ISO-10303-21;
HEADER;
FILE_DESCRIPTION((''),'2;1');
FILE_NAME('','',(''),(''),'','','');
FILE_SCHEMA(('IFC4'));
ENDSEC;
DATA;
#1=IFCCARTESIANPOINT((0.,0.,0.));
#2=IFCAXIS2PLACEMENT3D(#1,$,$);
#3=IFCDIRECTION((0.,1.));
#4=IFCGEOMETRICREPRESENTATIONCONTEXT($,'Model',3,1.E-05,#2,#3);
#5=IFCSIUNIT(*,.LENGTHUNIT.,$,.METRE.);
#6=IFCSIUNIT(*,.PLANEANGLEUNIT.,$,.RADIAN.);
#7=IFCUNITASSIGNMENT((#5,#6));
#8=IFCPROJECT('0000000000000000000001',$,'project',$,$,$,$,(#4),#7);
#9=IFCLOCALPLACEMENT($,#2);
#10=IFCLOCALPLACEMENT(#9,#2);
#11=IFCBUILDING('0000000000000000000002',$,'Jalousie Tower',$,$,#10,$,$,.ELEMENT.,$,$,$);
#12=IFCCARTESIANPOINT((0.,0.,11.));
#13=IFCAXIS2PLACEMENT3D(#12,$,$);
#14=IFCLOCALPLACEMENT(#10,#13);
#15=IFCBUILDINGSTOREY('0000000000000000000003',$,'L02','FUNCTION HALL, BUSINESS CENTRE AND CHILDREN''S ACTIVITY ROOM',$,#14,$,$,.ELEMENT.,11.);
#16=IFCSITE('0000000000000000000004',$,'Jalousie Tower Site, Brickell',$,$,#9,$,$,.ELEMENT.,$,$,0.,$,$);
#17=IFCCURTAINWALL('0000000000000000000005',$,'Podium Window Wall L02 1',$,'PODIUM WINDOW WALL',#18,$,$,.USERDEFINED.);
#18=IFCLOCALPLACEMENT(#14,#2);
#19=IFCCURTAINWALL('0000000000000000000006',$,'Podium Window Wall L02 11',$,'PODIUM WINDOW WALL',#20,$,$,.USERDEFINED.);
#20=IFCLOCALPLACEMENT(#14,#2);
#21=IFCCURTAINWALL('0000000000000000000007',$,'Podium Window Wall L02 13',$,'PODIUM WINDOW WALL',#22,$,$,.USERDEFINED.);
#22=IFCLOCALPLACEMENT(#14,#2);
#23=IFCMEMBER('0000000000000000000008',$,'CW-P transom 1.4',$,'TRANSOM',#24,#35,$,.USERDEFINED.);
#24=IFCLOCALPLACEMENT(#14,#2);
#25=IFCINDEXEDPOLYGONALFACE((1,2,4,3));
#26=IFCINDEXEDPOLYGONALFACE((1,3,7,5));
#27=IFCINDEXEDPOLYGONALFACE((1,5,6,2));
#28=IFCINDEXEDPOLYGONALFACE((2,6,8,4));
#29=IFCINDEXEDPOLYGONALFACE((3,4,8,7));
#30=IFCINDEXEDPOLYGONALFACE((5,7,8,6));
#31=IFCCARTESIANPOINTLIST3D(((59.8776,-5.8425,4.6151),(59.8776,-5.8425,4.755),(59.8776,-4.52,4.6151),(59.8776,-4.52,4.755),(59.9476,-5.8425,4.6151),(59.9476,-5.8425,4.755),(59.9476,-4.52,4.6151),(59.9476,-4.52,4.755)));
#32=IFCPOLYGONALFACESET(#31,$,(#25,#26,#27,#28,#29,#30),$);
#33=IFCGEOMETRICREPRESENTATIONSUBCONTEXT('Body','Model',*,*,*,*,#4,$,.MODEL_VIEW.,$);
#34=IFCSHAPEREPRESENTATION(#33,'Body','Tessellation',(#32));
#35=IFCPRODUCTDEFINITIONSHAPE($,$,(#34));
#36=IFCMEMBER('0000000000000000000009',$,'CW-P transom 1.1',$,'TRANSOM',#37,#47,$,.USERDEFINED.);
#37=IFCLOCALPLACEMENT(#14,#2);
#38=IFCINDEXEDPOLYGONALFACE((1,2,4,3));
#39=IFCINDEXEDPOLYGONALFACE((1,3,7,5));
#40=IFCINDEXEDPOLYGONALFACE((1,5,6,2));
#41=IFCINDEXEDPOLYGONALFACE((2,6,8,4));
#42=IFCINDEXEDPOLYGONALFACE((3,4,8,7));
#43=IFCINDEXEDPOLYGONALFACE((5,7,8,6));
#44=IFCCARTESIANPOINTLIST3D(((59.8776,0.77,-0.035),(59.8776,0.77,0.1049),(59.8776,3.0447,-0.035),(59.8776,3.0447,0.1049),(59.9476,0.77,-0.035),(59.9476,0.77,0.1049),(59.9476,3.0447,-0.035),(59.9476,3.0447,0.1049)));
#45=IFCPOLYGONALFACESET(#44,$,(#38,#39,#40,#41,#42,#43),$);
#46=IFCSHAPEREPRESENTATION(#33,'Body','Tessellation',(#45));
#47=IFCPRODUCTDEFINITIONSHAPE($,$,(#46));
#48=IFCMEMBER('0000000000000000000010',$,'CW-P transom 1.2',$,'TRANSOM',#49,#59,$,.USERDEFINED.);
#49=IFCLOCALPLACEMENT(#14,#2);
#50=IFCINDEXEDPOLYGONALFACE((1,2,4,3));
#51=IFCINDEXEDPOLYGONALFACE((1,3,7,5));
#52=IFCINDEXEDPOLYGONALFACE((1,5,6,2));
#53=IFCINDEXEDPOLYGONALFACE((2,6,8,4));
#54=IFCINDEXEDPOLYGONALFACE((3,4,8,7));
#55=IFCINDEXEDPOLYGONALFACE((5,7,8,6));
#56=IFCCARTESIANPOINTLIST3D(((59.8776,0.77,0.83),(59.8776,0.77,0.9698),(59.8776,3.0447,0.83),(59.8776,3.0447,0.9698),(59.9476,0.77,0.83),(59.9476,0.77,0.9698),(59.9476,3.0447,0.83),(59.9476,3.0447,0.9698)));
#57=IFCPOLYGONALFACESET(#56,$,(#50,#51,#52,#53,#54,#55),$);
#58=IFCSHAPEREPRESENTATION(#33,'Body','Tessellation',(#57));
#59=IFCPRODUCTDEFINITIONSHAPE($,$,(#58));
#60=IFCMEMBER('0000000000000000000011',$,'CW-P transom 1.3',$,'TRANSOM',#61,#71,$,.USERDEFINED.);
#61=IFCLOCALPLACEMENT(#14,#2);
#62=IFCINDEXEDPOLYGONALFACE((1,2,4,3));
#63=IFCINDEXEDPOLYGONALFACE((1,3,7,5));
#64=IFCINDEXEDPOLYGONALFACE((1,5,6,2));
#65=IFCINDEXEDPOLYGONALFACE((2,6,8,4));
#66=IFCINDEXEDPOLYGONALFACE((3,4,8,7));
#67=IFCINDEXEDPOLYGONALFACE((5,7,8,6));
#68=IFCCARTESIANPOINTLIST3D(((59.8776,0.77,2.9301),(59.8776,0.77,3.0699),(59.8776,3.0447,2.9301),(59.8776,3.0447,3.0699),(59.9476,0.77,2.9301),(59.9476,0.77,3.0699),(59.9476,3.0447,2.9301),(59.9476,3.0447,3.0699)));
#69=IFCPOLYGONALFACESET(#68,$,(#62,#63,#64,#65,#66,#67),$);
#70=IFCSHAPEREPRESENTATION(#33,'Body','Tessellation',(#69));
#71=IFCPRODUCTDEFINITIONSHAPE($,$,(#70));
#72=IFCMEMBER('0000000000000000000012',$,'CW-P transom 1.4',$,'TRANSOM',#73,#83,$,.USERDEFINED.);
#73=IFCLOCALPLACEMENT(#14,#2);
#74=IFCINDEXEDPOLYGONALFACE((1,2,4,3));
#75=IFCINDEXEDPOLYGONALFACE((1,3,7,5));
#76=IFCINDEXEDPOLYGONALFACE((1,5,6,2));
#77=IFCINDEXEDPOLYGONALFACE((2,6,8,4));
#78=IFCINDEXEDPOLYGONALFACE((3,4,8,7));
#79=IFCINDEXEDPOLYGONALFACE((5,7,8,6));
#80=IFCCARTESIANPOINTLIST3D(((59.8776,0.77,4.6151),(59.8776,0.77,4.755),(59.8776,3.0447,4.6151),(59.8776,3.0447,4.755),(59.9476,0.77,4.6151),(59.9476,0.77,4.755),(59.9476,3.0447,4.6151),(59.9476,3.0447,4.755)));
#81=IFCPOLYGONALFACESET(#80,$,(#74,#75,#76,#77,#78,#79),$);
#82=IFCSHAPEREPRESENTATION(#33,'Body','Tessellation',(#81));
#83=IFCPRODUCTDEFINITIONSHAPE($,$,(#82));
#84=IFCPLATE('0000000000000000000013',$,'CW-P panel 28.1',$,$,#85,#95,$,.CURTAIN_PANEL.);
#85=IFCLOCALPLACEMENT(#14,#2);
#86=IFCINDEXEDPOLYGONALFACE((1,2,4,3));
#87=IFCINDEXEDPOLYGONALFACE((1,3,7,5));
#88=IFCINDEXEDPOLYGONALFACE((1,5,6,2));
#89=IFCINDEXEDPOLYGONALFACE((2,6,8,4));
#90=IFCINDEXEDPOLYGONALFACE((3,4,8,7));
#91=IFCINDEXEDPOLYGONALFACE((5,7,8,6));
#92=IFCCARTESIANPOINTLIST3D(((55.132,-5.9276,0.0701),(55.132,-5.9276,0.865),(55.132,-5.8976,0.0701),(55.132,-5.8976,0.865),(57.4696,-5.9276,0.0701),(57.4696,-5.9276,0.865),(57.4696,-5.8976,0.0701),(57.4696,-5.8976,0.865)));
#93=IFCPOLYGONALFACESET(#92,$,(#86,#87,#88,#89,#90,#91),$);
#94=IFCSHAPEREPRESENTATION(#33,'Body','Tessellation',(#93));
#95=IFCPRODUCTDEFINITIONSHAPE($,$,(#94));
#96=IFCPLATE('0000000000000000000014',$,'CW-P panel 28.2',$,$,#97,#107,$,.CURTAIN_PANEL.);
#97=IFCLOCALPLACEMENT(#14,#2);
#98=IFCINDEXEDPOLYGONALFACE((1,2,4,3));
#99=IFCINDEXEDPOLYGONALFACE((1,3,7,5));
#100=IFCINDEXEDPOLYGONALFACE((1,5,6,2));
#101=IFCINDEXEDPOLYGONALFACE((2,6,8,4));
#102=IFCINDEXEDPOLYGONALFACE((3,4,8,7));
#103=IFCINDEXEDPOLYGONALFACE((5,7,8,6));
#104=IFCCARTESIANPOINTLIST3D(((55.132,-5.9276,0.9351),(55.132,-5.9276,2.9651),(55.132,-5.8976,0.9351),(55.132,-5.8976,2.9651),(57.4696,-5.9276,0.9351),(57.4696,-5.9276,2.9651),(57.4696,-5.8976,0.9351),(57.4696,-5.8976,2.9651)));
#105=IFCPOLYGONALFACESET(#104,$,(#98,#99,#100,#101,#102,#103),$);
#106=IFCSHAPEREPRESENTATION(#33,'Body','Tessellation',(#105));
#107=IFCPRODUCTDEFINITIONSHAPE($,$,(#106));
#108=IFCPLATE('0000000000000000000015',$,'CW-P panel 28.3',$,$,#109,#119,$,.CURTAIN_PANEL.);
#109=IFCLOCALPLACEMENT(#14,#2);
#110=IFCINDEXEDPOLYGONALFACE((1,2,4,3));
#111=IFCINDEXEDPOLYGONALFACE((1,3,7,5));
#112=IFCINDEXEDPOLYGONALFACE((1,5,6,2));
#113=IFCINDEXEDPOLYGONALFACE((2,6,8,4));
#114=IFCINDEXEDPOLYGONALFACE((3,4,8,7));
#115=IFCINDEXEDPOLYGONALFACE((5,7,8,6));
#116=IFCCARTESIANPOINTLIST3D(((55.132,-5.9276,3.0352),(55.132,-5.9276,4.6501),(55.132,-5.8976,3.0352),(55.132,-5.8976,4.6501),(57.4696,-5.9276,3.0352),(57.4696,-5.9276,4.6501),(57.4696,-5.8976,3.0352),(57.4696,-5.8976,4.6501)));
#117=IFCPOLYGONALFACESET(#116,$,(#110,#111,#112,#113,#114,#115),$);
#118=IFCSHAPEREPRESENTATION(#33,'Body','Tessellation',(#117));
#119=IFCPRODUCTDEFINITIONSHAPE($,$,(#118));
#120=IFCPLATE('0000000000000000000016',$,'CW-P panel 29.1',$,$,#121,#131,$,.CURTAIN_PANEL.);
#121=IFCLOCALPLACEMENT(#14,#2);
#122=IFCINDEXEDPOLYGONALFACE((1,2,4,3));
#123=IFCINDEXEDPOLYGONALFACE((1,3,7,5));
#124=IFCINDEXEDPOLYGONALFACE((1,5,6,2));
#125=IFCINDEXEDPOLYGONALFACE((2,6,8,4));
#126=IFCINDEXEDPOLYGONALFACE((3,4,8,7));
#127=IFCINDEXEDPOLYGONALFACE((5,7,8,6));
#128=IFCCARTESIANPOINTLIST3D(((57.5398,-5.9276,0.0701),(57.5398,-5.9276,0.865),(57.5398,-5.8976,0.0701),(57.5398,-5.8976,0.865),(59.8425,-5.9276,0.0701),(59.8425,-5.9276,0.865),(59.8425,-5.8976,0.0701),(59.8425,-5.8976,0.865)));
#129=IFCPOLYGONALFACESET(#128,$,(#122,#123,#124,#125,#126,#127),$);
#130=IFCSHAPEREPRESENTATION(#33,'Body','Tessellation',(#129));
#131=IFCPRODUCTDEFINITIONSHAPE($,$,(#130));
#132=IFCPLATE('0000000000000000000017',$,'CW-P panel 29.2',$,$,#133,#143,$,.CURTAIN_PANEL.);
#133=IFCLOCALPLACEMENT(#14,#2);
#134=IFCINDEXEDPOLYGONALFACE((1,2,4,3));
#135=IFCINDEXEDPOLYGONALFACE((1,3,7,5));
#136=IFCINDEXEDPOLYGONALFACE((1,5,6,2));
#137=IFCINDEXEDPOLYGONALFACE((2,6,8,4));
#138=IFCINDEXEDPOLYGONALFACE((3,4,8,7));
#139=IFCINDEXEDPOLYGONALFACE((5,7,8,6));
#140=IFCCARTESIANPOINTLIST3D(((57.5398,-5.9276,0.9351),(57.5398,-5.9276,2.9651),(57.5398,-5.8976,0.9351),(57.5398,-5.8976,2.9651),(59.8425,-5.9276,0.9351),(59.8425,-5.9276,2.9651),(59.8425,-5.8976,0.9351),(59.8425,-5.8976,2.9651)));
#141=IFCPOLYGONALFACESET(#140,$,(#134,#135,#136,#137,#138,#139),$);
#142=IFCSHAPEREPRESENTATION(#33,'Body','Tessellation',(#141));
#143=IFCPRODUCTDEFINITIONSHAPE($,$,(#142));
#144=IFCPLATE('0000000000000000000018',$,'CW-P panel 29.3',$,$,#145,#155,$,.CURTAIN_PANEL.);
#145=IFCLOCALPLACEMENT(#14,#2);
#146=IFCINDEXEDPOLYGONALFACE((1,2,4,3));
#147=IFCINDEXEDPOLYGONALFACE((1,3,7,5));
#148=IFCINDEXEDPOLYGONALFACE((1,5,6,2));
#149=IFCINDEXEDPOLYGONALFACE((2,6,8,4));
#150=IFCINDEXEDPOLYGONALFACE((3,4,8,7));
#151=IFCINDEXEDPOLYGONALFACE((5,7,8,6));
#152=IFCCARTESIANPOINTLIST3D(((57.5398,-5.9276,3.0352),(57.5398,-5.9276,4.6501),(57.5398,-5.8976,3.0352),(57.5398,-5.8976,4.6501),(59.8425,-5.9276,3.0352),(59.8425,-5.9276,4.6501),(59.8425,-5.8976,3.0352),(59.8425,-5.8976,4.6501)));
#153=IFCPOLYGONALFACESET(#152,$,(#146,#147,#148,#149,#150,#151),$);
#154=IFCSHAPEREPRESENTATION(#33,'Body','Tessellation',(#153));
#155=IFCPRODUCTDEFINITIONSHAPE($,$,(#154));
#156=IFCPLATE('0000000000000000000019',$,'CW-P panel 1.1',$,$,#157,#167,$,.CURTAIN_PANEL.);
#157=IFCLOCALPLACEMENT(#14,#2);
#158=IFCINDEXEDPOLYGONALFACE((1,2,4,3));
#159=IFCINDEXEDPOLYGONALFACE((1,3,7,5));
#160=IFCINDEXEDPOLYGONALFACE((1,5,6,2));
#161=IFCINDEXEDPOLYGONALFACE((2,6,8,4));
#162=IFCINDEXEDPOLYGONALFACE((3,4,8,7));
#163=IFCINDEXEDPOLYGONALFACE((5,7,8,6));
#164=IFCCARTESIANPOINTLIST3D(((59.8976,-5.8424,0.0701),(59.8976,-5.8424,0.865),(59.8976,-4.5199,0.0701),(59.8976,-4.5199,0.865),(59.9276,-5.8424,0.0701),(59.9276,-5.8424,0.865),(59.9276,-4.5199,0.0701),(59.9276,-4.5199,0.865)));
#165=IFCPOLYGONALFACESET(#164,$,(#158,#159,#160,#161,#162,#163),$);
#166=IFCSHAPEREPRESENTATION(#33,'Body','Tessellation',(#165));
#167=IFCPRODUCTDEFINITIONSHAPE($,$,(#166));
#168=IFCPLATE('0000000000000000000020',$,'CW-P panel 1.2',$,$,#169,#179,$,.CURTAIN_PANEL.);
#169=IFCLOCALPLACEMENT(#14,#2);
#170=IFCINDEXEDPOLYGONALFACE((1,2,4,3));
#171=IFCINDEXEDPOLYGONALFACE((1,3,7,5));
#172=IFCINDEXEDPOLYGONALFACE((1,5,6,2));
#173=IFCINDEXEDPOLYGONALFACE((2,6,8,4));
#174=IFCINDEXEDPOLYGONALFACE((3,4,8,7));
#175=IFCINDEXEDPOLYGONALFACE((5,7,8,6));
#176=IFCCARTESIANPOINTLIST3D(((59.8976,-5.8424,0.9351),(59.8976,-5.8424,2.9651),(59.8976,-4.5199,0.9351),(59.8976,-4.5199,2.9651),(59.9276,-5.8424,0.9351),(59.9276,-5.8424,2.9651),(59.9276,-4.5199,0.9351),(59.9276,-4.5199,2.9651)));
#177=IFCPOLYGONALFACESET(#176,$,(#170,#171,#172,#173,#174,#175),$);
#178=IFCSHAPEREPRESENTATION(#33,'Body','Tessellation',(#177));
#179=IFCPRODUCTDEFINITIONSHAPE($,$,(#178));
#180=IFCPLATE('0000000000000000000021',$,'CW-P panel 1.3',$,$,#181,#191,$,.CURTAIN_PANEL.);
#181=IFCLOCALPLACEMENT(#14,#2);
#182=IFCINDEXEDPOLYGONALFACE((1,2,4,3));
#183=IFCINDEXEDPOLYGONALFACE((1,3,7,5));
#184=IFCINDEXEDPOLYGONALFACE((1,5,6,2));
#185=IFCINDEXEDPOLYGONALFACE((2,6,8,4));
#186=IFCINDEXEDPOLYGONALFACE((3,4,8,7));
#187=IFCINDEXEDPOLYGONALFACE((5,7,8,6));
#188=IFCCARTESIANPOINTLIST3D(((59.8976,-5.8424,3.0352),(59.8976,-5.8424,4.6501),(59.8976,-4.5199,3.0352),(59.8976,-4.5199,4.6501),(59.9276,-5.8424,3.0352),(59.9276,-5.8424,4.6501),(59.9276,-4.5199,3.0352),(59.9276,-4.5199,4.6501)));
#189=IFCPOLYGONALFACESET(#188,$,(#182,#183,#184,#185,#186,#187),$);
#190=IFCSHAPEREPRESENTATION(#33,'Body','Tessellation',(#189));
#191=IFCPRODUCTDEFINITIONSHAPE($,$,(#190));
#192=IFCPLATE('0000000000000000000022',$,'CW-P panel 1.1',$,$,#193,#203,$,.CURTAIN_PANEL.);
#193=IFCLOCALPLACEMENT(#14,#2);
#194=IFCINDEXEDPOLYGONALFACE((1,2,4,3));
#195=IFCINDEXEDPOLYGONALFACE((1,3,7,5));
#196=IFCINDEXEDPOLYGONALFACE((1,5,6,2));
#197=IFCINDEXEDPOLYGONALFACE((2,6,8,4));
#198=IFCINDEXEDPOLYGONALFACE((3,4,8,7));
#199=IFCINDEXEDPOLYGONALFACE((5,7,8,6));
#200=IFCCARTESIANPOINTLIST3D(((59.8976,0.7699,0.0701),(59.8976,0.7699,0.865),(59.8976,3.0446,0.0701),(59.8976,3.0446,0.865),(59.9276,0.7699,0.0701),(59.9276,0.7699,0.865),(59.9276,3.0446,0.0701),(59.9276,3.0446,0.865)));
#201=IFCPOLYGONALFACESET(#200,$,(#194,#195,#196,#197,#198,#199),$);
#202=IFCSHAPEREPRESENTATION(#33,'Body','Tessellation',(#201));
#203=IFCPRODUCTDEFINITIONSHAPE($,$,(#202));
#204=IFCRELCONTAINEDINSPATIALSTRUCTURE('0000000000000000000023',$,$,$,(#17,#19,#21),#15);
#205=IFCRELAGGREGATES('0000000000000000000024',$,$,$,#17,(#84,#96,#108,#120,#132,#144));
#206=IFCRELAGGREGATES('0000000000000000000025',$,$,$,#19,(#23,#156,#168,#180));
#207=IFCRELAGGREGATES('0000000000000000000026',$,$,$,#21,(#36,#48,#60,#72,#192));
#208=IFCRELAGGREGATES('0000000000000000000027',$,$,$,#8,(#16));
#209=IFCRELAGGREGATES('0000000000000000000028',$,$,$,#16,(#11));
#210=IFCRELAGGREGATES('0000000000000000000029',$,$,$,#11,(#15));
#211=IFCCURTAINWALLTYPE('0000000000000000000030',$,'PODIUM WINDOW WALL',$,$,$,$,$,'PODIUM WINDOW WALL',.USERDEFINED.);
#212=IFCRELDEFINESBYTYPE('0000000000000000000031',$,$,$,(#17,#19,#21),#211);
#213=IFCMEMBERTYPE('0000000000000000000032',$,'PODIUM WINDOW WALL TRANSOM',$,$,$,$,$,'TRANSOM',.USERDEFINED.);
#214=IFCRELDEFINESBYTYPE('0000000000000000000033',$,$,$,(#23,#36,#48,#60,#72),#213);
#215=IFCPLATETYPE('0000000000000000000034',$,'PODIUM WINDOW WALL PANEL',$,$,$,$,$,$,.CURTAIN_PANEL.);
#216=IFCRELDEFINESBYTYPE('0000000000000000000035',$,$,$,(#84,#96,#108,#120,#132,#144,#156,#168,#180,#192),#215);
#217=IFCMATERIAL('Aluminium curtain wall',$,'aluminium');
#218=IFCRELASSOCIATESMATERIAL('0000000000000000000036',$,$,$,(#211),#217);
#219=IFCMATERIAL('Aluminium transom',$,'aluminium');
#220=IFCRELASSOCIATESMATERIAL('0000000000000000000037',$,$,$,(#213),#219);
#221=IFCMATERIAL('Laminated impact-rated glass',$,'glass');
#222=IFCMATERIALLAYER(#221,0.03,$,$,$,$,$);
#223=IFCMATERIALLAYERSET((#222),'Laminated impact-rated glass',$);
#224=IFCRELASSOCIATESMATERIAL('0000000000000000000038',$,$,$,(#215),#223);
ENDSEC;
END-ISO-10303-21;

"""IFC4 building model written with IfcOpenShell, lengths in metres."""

from ifc_helpers import new_model, si_unit, direction, frame, origin, origin_2d, place, context, subcontext, project, spatial, rectangle, extrude, material, layer, layer_set, material_profile, profile_set, type_object, element, aggregate, save


model = new_model("IFC4")

# Units and contexts
model_context = context("Model", 3, precision=1e-05, world=origin(), true_north=direction((0.0, 1.0)))
body_context = subcontext(model_context, "Body", "Model", "MODEL_VIEW")
ifc_project = project(units=[si_unit("LENGTHUNIT", "METRE"), si_unit("PLANEANGLEUNIT", "RADIAN")], contexts=[model_context])

# Site, building, storey
site_placement = place(None, origin())
site = spatial("IfcSite", under=ifc_project, at=site_placement, Name="Jalousie Tower Site, Brickell", CompositionType="ELEMENT", RefElevation=0.0)
building_placement = place(site_placement, origin())
building = spatial("IfcBuilding", under=site, at=building_placement, Name="Jalousie Tower", CompositionType="ELEMENT")
storey_placement = place(building_placement, frame((0.0, 0.0, 11.0)))
storey = spatial("IfcBuildingStorey", under=building, at=storey_placement, Name="L02", Description="FUNCTION HALL, BUSINESS CENTRE AND CHILDREN'S ACTIVITY ROOM", CompositionType="ELEMENT", Elevation=11.0)

# Curtain walls
ifc_material_1 = material(Name="Aluminium curtain wall", Category="aluminium")
curtain_wall_type = type_object("IfcCurtainWallType", Name="PODIUM WINDOW WALL", ElementType="PODIUM WINDOW WALL", PredefinedType="USERDEFINED", material=ifc_material_1)
curtain_wall_1_placement = place(storey_placement, origin())
curtain_wall_1 = element("IfcCurtainWall", 1, at=curtain_wall_1_placement, inside=storey, type_object=curtain_wall_type, Name="Podium Window Wall L02 1", ObjectType="PODIUM WINDOW WALL", PredefinedType="USERDEFINED")
curtain_wall_2_placement = place(storey_placement, origin())
curtain_wall_2 = element("IfcCurtainWall", 2, at=curtain_wall_2_placement, inside=storey, type_object=curtain_wall_type, Name="Podium Window Wall L02 11", ObjectType="PODIUM WINDOW WALL", PredefinedType="USERDEFINED")

# Curtain wall
curtain_wall_3_placement = place(storey_placement, origin())
curtain_wall_3 = element("IfcCurtainWall", 3, at=curtain_wall_3_placement, inside=storey, type_object=curtain_wall_type, Name="Podium Window Wall L02 13", ObjectType="PODIUM WINDOW WALL", PredefinedType="USERDEFINED")

# Members
ifc_material_2 = material(Name="Aluminium transom", Category="aluminium")
ifc_material_profile_1 = material_profile(ifc_material_2, rectangle(XDim=0.0701, YDim=0.1399, at=origin_2d()), Name="TRANSOM 70x140")
ifc_profile_set_1 = profile_set([ifc_material_profile_1], Name="Aluminium transom")
member_type_1 = type_object("IfcMemberType", Name="PODIUM WINDOW WALL TRANSOM", ElementType="TRANSOM", PredefinedType="USERDEFINED", material=ifc_profile_set_1)
member_1_placement = place(storey_placement, frame((59.9126, -5.8425, 4.6851), z_axis=(0.0, 1.0, 0.0), x_axis=(-1.0, 0.0, 0.0)))
member_1 = element("IfcMember", 4, at=member_1_placement, type_object=member_type_1, Name="CW-P transom 1.4", ObjectType="TRANSOM", PredefinedType="USERDEFINED", context=body_context, shape_type="SweptSolid", body=[
    extrude(rectangle(XDim=0.0701, YDim=0.1399, at=origin_2d()), origin(), (0.0, 0.0, 1.0), 1.3225),
])
member_2_placement = place(storey_placement, frame((59.9126, 0.77, 0.0349), z_axis=(0.0, 1.0, 0.0), x_axis=(-1.0, 0.0, 0.0)))
member_2 = element("IfcMember", 5, at=member_2_placement, type_object=member_type_1, Name="CW-P transom 1.1", ObjectType="TRANSOM", PredefinedType="USERDEFINED", context=body_context, shape_type="SweptSolid", body=[
    extrude(rectangle(XDim=0.0701, YDim=0.1399, at=origin_2d()), origin(), (0.0, 0.0, 1.0), 2.2747),
])
member_3_placement = place(storey_placement, frame((59.9126, 0.77, 0.8999), z_axis=(0.0, 1.0, 0.0), x_axis=(-1.0, 0.0, 0.0)))
member_3 = element("IfcMember", 6, at=member_3_placement, type_object=member_type_1, Name="CW-P transom 1.2", ObjectType="TRANSOM", PredefinedType="USERDEFINED", context=body_context, shape_type="SweptSolid", body=[
    extrude(rectangle(XDim=0.0701, YDim=0.1399, at=origin_2d()), origin(), (0.0, 0.0, 1.0), 2.2747),
])
member_4_placement = place(storey_placement, frame((59.9126, 0.77, 3.0), z_axis=(0.0, 1.0, 0.0), x_axis=(-1.0, 0.0, 0.0)))
member_4 = element("IfcMember", 7, at=member_4_placement, type_object=member_type_1, Name="CW-P transom 1.3", ObjectType="TRANSOM", PredefinedType="USERDEFINED", context=body_context, shape_type="SweptSolid", body=[
    extrude(rectangle(XDim=0.0701, YDim=0.1399, at=origin_2d()), origin(), (0.0, 0.0, 1.0), 2.2747),
])
member_5_placement = place(storey_placement, frame((59.9126, 0.77, 4.6851), z_axis=(0.0, 1.0, 0.0), x_axis=(-1.0, 0.0, 0.0)))
member_5 = element("IfcMember", 8, at=member_5_placement, type_object=member_type_1, Name="CW-P transom 1.4", ObjectType="TRANSOM", PredefinedType="USERDEFINED", context=body_context, shape_type="SweptSolid", body=[
    extrude(rectangle(XDim=0.0701, YDim=0.1399, at=origin_2d()), origin(), (0.0, 0.0, 1.0), 2.2747),
])

# Plates
ifc_material_3 = material(Name="Laminated impact-rated glass", Category="glass")
ifc_layer = layer(ifc_material_3, 0.03)
ifc_layer_set = layer_set([ifc_layer], Name="Laminated impact-rated glass")
plate_type = type_object("IfcPlateType", Name="PODIUM WINDOW WALL PANEL", PredefinedType="CURTAIN_PANEL", material=ifc_layer_set)
plate_1_placement = place(storey_placement, frame((56.3008, -5.9126, 0.0701), z_axis=(0.0, 0.0, 1.0), x_axis=(1.0, 0.0, 0.0)))
plate_1 = element("IfcPlate", 9, at=plate_1_placement, type_object=plate_type, Name="CW-P panel 28.1", PredefinedType="CURTAIN_PANEL", context=body_context, shape_type="SweptSolid", body=[
    extrude(rectangle(XDim=2.3376, YDim=0.03, at=origin_2d()), origin(), (0.0, 0.0, 1.0), 0.7949),
])
plate_2_placement = place(storey_placement, frame((56.3008, -5.9126, 0.9351), z_axis=(0.0, 0.0, 1.0), x_axis=(1.0, 0.0, 0.0)))
plate_2 = element("IfcPlate", 10, at=plate_2_placement, type_object=plate_type, Name="CW-P panel 28.2", PredefinedType="CURTAIN_PANEL", context=body_context, shape_type="SweptSolid", body=[
    extrude(rectangle(XDim=2.3376, YDim=0.03, at=origin_2d()), origin(), (0.0, 0.0, 1.0), 2.03),
])
plate_3_placement = place(storey_placement, frame((56.3008, -5.9126, 3.0352), z_axis=(0.0, 0.0, 1.0), x_axis=(1.0, 0.0, 0.0)))
plate_3 = element("IfcPlate", 11, at=plate_3_placement, type_object=plate_type, Name="CW-P panel 28.3", PredefinedType="CURTAIN_PANEL", context=body_context, shape_type="SweptSolid", body=[
    extrude(rectangle(XDim=2.3376, YDim=0.03, at=origin_2d()), origin(), (0.0, 0.0, 1.0), 1.615),
])
plate_4_placement = place(storey_placement, frame((58.6912, -5.9126, 0.0701), z_axis=(0.0, 0.0, 1.0), x_axis=(1.0, 0.0, 0.0)))
plate_4 = element("IfcPlate", 12, at=plate_4_placement, type_object=plate_type, Name="CW-P panel 29.1", PredefinedType="CURTAIN_PANEL", context=body_context, shape_type="SweptSolid", body=[
    extrude(rectangle(XDim=2.3027, YDim=0.03, at=origin_2d()), origin(), (0.0, 0.0, 1.0), 0.7949),
])
plate_5_placement = place(storey_placement, frame((58.6912, -5.9126, 0.9351), z_axis=(0.0, 0.0, 1.0), x_axis=(1.0, 0.0, 0.0)))
plate_5 = element("IfcPlate", 13, at=plate_5_placement, type_object=plate_type, Name="CW-P panel 29.2", PredefinedType="CURTAIN_PANEL", context=body_context, shape_type="SweptSolid", body=[
    extrude(rectangle(XDim=2.3027, YDim=0.03, at=origin_2d()), origin(), (0.0, 0.0, 1.0), 2.03),
])
plate_6_placement = place(storey_placement, frame((58.6912, -5.9126, 3.0352), z_axis=(0.0, 0.0, 1.0), x_axis=(1.0, 0.0, 0.0)))
plate_6 = element("IfcPlate", 14, at=plate_6_placement, type_object=plate_type, Name="CW-P panel 29.3", PredefinedType="CURTAIN_PANEL", context=body_context, shape_type="SweptSolid", body=[
    extrude(rectangle(XDim=2.3027, YDim=0.03, at=origin_2d()), origin(), (0.0, 0.0, 1.0), 1.615),
])
aggregate(curtain_wall_1, [plate_1, plate_2, plate_3, plate_4, plate_5, plate_6])
plate_7_placement = place(storey_placement, frame((59.9126, -5.1812, 0.0701), z_axis=(0.0, 0.0, 1.0), x_axis=(0.0, 1.0, 0.0)))
plate_7 = element("IfcPlate", 15, at=plate_7_placement, type_object=plate_type, Name="CW-P panel 1.1", PredefinedType="CURTAIN_PANEL", context=body_context, shape_type="SweptSolid", body=[
    extrude(rectangle(XDim=1.3225, YDim=0.03, at=origin_2d()), origin(), (0.0, 0.0, 1.0), 0.7949),
])
plate_8_placement = place(storey_placement, frame((59.9126, -5.1812, 0.9351), z_axis=(0.0, 0.0, 1.0), x_axis=(0.0, 1.0, 0.0)))
plate_8 = element("IfcPlate", 16, at=plate_8_placement, type_object=plate_type, Name="CW-P panel 1.2", PredefinedType="CURTAIN_PANEL", context=body_context, shape_type="SweptSolid", body=[
    extrude(rectangle(XDim=1.3225, YDim=0.03, at=origin_2d()), origin(), (0.0, 0.0, 1.0), 2.03),
])
plate_9_placement = place(storey_placement, frame((59.9126, -5.1812, 3.0352), z_axis=(0.0, 0.0, 1.0), x_axis=(0.0, 1.0, 0.0)))
plate_9 = element("IfcPlate", 17, at=plate_9_placement, type_object=plate_type, Name="CW-P panel 1.3", PredefinedType="CURTAIN_PANEL", context=body_context, shape_type="SweptSolid", body=[
    extrude(rectangle(XDim=1.3225, YDim=0.03, at=origin_2d()), origin(), (0.0, 0.0, 1.0), 1.615),
])
aggregate(curtain_wall_2, [member_1, plate_7, plate_8, plate_9])
plate_10_placement = place(storey_placement, frame((59.9126, 1.9072, 0.0701), z_axis=(0.0, 0.0, 1.0), x_axis=(0.0, 1.0, 0.0)))
plate_10 = element("IfcPlate", 18, at=plate_10_placement, type_object=plate_type, Name="CW-P panel 1.1", PredefinedType="CURTAIN_PANEL", context=body_context, shape_type="SweptSolid", body=[
    extrude(rectangle(XDim=2.2747, YDim=0.03, at=origin_2d()), origin(), (0.0, 0.0, 1.0), 0.7949),
])
aggregate(curtain_wall_3, [member_2, member_3, member_4, member_5, plate_10])

save(model, "model.ifc")
